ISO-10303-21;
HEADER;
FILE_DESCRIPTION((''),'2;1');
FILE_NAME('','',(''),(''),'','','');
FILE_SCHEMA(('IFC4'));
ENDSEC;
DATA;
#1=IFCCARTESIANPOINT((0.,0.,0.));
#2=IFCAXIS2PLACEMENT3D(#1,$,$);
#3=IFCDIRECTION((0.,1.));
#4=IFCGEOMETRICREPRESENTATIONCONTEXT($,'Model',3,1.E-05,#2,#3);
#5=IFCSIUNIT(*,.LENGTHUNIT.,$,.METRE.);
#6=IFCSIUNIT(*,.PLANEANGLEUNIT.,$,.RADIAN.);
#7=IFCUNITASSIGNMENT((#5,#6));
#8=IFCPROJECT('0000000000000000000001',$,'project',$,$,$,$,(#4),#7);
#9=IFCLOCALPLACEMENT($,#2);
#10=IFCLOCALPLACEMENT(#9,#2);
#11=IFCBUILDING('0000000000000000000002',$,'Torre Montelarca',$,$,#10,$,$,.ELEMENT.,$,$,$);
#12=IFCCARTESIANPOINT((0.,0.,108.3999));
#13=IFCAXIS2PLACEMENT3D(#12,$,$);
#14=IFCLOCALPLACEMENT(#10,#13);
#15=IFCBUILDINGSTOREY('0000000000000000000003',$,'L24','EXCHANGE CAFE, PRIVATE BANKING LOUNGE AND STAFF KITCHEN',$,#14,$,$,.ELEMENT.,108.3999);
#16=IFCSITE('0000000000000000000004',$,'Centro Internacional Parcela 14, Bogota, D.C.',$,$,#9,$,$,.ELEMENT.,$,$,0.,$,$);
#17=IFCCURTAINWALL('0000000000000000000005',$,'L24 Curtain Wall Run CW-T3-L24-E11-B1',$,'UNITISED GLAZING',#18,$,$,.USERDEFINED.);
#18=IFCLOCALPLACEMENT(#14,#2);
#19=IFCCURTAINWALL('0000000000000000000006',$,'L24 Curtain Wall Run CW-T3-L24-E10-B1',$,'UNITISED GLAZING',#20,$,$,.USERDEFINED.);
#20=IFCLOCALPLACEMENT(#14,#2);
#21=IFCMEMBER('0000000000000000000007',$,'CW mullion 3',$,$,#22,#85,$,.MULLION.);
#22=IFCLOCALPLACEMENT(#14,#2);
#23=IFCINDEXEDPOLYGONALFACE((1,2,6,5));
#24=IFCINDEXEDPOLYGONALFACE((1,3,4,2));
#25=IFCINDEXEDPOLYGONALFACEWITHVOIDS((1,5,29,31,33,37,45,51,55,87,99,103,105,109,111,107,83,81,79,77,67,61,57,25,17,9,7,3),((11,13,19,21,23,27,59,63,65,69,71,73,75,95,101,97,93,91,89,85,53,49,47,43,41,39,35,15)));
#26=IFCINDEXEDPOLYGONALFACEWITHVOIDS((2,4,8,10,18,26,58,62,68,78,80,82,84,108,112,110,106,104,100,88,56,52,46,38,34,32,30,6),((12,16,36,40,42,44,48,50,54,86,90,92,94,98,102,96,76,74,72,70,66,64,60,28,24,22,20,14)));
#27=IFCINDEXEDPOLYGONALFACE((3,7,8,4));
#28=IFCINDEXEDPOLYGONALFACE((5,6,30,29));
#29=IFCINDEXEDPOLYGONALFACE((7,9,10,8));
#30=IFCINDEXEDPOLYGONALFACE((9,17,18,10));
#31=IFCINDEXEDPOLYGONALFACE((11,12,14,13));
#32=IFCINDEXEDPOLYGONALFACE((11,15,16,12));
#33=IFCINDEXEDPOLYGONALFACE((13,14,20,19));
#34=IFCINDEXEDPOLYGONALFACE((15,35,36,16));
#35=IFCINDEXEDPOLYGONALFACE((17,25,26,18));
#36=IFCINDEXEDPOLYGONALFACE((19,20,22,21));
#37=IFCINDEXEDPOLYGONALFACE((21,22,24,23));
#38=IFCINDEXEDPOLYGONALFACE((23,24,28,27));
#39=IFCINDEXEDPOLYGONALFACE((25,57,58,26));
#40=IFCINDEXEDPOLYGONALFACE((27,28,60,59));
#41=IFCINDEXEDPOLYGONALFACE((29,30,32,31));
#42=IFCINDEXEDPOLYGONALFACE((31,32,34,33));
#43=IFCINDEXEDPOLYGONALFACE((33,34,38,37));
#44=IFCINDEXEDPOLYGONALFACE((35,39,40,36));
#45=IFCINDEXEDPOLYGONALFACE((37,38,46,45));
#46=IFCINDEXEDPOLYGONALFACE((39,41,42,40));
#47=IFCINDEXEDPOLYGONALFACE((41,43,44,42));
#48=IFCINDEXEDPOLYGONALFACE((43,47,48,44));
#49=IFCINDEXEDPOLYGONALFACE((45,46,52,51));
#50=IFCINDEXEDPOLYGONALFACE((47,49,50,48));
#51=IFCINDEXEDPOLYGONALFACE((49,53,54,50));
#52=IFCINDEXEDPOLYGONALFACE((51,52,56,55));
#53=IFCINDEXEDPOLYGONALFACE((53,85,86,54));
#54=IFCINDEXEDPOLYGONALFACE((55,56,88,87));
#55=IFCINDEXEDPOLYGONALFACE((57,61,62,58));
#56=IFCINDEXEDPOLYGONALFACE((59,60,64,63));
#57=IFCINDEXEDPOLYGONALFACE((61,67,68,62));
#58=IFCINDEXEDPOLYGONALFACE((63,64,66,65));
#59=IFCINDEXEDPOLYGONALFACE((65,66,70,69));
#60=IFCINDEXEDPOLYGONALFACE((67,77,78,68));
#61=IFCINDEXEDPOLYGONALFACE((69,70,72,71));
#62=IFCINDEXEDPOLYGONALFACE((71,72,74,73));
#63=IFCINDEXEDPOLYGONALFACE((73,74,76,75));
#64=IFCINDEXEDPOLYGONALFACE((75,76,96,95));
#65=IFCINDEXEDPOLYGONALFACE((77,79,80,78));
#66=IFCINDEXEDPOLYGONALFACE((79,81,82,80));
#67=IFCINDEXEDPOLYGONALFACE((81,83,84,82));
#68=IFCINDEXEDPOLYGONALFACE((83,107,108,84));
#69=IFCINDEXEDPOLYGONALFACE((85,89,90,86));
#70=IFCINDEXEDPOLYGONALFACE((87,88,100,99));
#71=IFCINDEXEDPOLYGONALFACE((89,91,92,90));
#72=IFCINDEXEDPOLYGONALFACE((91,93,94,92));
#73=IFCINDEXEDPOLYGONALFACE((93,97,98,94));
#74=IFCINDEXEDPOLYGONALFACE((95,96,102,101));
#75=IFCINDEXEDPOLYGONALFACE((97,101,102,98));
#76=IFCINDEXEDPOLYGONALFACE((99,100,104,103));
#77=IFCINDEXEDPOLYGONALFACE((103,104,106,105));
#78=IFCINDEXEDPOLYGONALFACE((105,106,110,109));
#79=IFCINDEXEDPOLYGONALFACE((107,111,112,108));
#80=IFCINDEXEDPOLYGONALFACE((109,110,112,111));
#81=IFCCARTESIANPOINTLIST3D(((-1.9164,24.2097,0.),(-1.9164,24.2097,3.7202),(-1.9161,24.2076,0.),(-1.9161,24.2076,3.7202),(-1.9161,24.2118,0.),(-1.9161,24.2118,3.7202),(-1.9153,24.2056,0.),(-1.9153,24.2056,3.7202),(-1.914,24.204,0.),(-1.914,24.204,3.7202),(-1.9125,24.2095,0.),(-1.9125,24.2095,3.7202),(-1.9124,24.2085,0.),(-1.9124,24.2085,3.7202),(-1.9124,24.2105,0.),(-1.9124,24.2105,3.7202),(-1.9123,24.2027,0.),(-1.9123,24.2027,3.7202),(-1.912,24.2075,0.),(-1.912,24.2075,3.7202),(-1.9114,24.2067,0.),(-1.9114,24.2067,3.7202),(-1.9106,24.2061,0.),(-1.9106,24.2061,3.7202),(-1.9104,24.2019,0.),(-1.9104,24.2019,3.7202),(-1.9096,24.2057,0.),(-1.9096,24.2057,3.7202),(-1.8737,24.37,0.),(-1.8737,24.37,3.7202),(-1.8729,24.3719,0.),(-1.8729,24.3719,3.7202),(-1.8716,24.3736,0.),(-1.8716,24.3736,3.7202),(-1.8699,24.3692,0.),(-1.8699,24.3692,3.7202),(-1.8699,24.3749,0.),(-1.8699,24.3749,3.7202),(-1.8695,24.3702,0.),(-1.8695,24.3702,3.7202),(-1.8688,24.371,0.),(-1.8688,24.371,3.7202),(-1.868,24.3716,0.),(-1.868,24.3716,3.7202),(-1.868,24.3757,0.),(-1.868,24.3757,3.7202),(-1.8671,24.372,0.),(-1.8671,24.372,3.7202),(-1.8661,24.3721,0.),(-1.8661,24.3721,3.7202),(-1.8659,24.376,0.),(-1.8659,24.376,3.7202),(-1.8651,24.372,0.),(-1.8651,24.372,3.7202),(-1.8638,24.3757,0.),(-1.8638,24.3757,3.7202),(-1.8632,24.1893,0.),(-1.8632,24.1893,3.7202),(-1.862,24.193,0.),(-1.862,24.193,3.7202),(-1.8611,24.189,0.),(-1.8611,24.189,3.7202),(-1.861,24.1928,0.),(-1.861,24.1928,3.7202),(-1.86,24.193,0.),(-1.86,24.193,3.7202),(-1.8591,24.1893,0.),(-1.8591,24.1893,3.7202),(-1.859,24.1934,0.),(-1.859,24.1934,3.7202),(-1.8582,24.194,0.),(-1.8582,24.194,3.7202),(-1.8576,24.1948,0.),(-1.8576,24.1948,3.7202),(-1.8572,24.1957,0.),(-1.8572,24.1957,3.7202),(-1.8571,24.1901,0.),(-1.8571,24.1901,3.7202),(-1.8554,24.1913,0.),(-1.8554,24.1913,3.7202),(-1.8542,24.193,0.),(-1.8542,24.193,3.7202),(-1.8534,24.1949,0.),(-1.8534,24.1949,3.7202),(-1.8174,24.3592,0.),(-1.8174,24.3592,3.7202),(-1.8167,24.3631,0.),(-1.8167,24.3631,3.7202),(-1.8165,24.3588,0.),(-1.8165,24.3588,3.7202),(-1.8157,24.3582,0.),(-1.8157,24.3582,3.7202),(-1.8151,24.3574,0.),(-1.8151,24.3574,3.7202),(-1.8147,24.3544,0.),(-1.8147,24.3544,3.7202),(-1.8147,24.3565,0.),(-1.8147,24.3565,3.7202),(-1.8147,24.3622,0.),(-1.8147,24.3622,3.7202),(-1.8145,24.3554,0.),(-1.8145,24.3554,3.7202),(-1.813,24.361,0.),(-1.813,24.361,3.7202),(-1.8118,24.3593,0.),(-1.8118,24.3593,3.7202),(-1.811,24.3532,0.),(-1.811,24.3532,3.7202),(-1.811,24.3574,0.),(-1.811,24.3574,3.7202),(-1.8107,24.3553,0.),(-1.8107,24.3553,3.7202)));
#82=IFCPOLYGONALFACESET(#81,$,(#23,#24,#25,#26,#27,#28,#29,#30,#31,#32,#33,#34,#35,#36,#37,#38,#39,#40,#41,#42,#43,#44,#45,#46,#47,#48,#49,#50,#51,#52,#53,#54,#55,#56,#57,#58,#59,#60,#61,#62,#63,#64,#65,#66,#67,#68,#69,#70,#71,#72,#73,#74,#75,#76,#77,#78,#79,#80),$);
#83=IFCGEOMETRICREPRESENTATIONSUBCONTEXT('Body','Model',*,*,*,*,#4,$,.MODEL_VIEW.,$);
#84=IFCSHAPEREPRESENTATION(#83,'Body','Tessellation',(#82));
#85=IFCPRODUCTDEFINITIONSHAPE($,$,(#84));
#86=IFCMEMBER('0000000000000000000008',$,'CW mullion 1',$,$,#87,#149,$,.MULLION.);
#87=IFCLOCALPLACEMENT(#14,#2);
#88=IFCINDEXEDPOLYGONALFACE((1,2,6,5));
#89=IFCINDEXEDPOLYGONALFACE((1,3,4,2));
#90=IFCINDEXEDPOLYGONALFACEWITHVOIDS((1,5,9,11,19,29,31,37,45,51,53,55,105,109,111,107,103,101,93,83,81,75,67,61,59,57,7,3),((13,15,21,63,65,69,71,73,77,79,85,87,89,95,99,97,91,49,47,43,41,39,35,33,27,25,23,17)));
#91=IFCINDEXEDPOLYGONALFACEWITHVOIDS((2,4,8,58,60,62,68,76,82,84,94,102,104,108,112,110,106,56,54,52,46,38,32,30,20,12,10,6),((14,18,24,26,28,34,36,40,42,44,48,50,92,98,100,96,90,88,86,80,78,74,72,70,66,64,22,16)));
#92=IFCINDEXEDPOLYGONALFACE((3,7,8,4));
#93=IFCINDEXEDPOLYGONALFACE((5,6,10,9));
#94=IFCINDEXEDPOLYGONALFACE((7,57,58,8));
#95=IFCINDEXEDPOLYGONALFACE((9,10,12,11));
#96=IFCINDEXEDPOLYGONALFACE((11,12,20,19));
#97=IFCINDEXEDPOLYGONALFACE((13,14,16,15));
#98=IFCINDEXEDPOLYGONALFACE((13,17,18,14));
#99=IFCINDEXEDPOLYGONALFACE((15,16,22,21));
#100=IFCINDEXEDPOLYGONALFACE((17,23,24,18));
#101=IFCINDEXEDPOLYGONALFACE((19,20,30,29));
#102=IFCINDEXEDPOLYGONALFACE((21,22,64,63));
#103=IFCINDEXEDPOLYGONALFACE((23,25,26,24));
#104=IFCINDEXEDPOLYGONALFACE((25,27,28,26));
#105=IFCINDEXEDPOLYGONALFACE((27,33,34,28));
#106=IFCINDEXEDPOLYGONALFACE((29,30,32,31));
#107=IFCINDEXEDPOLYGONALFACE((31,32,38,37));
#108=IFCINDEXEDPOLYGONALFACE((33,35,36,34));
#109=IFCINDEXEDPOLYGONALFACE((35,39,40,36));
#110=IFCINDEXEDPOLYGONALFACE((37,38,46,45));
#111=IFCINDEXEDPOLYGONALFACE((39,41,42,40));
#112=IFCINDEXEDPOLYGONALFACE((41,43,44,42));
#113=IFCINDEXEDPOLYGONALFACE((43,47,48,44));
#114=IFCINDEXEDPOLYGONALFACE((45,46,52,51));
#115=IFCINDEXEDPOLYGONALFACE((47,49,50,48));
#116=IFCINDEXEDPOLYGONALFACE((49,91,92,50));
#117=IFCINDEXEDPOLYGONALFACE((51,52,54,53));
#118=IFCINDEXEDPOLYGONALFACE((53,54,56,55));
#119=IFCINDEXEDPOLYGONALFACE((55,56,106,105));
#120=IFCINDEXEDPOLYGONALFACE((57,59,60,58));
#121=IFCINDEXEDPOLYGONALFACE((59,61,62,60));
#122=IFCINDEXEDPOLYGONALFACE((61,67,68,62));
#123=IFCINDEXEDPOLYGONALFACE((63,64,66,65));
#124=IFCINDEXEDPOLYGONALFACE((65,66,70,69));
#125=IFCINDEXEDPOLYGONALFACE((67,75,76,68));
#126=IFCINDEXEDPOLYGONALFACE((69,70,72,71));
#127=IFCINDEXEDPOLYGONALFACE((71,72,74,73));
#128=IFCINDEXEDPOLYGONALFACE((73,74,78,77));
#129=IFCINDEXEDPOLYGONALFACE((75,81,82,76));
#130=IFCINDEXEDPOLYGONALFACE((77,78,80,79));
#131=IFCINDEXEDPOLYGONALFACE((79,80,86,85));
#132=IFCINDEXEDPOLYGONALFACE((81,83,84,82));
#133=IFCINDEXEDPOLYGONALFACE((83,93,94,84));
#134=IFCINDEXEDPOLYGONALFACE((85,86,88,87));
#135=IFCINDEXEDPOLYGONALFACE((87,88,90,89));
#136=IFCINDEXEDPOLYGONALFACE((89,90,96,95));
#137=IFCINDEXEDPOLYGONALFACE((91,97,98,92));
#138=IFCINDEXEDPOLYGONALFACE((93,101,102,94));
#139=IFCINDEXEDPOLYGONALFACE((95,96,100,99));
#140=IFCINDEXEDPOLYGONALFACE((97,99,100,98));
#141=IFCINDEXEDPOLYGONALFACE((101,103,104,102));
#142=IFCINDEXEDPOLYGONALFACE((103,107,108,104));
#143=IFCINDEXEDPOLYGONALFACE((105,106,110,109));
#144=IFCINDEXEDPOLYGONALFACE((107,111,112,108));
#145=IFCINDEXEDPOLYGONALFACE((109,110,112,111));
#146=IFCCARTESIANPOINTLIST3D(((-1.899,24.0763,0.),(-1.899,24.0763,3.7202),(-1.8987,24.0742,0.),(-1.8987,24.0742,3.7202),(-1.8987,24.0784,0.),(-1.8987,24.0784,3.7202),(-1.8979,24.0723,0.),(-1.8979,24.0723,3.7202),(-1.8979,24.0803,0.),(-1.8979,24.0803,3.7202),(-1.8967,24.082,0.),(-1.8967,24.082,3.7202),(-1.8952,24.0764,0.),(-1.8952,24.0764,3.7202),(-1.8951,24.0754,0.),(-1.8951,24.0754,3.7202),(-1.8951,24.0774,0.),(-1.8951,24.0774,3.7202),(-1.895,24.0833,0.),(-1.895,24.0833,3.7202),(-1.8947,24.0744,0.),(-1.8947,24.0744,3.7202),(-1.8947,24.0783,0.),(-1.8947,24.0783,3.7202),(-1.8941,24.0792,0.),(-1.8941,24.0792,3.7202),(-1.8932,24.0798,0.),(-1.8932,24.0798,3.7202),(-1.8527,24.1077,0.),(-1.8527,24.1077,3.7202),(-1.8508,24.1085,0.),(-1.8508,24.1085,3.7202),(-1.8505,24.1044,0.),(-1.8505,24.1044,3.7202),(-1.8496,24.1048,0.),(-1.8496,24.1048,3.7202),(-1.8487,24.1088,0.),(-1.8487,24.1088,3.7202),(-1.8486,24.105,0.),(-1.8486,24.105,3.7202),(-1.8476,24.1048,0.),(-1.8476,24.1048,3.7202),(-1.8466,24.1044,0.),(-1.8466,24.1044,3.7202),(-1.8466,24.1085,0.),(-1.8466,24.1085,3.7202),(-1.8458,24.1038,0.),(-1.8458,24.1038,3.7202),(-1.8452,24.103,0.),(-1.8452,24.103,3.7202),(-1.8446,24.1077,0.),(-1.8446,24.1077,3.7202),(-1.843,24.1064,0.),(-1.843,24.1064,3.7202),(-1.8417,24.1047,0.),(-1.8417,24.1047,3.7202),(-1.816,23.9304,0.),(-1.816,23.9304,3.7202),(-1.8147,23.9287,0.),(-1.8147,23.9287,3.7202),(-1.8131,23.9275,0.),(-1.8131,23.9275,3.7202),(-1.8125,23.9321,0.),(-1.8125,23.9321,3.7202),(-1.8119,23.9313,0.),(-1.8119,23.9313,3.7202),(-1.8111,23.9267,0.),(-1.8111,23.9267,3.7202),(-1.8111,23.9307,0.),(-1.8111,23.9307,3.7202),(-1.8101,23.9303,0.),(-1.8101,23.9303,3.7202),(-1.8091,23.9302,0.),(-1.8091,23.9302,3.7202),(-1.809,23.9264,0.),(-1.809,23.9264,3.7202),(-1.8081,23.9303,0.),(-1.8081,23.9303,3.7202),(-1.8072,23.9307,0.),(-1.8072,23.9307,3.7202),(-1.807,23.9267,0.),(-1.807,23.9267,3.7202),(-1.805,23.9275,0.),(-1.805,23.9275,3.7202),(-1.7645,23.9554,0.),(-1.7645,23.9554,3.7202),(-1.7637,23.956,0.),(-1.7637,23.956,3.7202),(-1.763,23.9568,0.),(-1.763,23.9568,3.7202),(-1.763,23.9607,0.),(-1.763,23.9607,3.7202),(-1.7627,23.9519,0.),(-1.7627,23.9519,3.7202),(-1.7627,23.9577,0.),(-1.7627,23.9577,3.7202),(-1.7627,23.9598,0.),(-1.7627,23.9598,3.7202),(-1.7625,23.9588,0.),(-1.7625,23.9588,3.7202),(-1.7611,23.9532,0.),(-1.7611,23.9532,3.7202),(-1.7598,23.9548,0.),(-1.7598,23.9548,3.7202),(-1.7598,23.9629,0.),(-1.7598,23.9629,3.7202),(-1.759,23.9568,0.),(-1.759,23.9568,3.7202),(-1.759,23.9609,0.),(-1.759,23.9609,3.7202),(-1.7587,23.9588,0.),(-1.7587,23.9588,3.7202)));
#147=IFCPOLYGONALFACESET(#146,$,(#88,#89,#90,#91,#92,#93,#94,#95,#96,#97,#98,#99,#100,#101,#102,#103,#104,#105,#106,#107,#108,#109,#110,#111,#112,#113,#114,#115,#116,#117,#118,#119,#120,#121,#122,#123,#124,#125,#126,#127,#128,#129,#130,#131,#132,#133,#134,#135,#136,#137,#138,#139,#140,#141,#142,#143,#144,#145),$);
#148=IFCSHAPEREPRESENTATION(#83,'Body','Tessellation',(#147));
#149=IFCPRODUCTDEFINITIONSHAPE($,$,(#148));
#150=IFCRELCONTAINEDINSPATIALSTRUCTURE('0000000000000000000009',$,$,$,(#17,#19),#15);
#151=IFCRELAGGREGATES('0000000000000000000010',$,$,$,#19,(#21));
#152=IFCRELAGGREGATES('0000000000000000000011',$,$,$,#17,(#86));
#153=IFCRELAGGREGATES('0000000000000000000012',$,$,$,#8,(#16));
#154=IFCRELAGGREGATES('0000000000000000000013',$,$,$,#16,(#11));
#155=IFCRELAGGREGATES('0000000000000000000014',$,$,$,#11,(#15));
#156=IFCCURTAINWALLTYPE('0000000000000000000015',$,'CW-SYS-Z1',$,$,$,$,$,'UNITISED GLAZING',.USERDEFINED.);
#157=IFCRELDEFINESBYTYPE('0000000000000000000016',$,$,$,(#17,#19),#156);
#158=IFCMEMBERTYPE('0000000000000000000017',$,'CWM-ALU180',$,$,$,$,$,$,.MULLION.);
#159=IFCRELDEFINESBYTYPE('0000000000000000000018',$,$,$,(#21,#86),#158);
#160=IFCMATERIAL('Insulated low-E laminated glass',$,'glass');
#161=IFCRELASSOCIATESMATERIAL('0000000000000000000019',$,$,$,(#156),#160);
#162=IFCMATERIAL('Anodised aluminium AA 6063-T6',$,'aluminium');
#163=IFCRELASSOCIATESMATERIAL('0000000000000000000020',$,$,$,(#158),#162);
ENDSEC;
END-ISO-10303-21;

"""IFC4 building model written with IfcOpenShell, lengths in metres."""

from ifc_helpers import new_model, si_unit, direction, frame, origin, origin_2d, place, context, subcontext, project, spatial, hollow_rectangle, extrude, source, transform, mapped, material, material_profile, profile_set, type_object, element, aggregate, save


model = new_model("IFC4")

# Units and contexts
model_context = context("Model", 3, precision=1e-05, world=origin(), true_north=direction((0.0, 1.0)))
body_context = subcontext(model_context, "Body", "Model", "MODEL_VIEW")
ifc_project = project(units=[si_unit("LENGTHUNIT", "METRE"), si_unit("PLANEANGLEUNIT", "RADIAN")], contexts=[model_context])

# Site, building, storey
site_placement = place(None, origin())
site = spatial("IfcSite", under=ifc_project, at=site_placement, Name="Centro Internacional Parcela 14, Bogota, D.C.", CompositionType="ELEMENT", RefElevation=0.0)
building_placement = place(site_placement, origin())
building = spatial("IfcBuilding", under=site, at=building_placement, Name="Torre Montelarca", CompositionType="ELEMENT")
storey_placement = place(building_placement, frame((0.0, 0.0, 108.3999)))
storey = spatial("IfcBuildingStorey", under=building, at=storey_placement, Name="L24", Description="EXCHANGE CAFE, PRIVATE BANKING LOUNGE AND STAFF KITCHEN", CompositionType="ELEMENT", Elevation=108.3999)

# Curtain wall
ifc_material_1 = material(Name="Insulated low-E laminated glass", Category="glass")
curtain_wall_type = type_object("IfcCurtainWallType", Name="CW-SYS-Z1", ElementType="UNITISED GLAZING", PredefinedType="USERDEFINED", material=ifc_material_1)
curtain_wall_1_placement = place(storey_placement, origin())
curtain_wall_1 = element("IfcCurtainWall", 1, at=curtain_wall_1_placement, inside=storey, type_object=curtain_wall_type, Name="L24 Curtain Wall Run CW-T3-L24-E11-B1", ObjectType="UNITISED GLAZING", PredefinedType="USERDEFINED")
ifc_material_2 = material(Name="Anodised aluminium AA 6063-T6", Category="aluminium")

# Curtain wall, member
curtain_wall_2_placement = place(storey_placement, origin())
curtain_wall_2 = element("IfcCurtainWall", 2, at=curtain_wall_2_placement, inside=storey, type_object=curtain_wall_type, Name="L24 Curtain Wall Run CW-T3-L24-E10-B1", ObjectType="UNITISED GLAZING", PredefinedType="USERDEFINED")
ifc_material_profile_1 = material_profile(ifc_material_2, hollow_rectangle(XDim=0.0649, YDim=0.1799, WallThickness=0.0039, InnerFilletRadius=0.0039, OuterFilletRadius=0.0081, at=origin_2d()), Name="ALU65X180X4", Category="aluminium")
ifc_profile_set_1 = profile_set([ifc_material_profile_1], Name="Anodised aluminium AA 6063-T6")
member_type_1 = type_object("IfcMemberType", Name="CWM-ALU180", PredefinedType="MULLION", material=ifc_profile_set_1)
shared_shape_1 = source(origin(), body_context, "Body", "SweptSolid", [
    extrude(hollow_rectangle(XDim=0.0649, YDim=0.1799, WallThickness=0.0039, InnerFilletRadius=0.0039, OuterFilletRadius=0.0081, at=origin_2d()), origin(), (0.0, 0.0, 1.0), 3.7202),
])
member_1_placement = place(storey_placement, frame((-1.8635, 24.2825, 0.0), z_axis=(0.0, 0.0, 1.0), x_axis=(0.965926, -0.258818, 0.0)))
member_1 = element("IfcMember", 3, at=member_1_placement, type_object=member_type_1, Name="CW mullion 3", PredefinedType="MULLION", context=body_context, shape_type="MappedRepresentation", body=[
    mapped(shared_shape_1, transform((0.0, 0.0, 0.0), scale=1.0)),
])
aggregate(curtain_wall_2, [member_1])

# Member
member_2_placement = place(storey_placement, frame((-1.8289, 24.0176, 0.0), z_axis=(0.0, 0.0, 1.0), x_axis=(0.866025, 0.500001, 0.0)))
member_2 = element("IfcMember", 4, at=member_2_placement, type_object=member_type_1, Name="CW mullion 1", PredefinedType="MULLION", context=body_context, shape_type="MappedRepresentation", body=[
    mapped(shared_shape_1, transform((0.0, 0.0, 0.0), scale=1.0)),
])

aggregate(curtain_wall_1, [member_2])

save(model, "model.ifc")
